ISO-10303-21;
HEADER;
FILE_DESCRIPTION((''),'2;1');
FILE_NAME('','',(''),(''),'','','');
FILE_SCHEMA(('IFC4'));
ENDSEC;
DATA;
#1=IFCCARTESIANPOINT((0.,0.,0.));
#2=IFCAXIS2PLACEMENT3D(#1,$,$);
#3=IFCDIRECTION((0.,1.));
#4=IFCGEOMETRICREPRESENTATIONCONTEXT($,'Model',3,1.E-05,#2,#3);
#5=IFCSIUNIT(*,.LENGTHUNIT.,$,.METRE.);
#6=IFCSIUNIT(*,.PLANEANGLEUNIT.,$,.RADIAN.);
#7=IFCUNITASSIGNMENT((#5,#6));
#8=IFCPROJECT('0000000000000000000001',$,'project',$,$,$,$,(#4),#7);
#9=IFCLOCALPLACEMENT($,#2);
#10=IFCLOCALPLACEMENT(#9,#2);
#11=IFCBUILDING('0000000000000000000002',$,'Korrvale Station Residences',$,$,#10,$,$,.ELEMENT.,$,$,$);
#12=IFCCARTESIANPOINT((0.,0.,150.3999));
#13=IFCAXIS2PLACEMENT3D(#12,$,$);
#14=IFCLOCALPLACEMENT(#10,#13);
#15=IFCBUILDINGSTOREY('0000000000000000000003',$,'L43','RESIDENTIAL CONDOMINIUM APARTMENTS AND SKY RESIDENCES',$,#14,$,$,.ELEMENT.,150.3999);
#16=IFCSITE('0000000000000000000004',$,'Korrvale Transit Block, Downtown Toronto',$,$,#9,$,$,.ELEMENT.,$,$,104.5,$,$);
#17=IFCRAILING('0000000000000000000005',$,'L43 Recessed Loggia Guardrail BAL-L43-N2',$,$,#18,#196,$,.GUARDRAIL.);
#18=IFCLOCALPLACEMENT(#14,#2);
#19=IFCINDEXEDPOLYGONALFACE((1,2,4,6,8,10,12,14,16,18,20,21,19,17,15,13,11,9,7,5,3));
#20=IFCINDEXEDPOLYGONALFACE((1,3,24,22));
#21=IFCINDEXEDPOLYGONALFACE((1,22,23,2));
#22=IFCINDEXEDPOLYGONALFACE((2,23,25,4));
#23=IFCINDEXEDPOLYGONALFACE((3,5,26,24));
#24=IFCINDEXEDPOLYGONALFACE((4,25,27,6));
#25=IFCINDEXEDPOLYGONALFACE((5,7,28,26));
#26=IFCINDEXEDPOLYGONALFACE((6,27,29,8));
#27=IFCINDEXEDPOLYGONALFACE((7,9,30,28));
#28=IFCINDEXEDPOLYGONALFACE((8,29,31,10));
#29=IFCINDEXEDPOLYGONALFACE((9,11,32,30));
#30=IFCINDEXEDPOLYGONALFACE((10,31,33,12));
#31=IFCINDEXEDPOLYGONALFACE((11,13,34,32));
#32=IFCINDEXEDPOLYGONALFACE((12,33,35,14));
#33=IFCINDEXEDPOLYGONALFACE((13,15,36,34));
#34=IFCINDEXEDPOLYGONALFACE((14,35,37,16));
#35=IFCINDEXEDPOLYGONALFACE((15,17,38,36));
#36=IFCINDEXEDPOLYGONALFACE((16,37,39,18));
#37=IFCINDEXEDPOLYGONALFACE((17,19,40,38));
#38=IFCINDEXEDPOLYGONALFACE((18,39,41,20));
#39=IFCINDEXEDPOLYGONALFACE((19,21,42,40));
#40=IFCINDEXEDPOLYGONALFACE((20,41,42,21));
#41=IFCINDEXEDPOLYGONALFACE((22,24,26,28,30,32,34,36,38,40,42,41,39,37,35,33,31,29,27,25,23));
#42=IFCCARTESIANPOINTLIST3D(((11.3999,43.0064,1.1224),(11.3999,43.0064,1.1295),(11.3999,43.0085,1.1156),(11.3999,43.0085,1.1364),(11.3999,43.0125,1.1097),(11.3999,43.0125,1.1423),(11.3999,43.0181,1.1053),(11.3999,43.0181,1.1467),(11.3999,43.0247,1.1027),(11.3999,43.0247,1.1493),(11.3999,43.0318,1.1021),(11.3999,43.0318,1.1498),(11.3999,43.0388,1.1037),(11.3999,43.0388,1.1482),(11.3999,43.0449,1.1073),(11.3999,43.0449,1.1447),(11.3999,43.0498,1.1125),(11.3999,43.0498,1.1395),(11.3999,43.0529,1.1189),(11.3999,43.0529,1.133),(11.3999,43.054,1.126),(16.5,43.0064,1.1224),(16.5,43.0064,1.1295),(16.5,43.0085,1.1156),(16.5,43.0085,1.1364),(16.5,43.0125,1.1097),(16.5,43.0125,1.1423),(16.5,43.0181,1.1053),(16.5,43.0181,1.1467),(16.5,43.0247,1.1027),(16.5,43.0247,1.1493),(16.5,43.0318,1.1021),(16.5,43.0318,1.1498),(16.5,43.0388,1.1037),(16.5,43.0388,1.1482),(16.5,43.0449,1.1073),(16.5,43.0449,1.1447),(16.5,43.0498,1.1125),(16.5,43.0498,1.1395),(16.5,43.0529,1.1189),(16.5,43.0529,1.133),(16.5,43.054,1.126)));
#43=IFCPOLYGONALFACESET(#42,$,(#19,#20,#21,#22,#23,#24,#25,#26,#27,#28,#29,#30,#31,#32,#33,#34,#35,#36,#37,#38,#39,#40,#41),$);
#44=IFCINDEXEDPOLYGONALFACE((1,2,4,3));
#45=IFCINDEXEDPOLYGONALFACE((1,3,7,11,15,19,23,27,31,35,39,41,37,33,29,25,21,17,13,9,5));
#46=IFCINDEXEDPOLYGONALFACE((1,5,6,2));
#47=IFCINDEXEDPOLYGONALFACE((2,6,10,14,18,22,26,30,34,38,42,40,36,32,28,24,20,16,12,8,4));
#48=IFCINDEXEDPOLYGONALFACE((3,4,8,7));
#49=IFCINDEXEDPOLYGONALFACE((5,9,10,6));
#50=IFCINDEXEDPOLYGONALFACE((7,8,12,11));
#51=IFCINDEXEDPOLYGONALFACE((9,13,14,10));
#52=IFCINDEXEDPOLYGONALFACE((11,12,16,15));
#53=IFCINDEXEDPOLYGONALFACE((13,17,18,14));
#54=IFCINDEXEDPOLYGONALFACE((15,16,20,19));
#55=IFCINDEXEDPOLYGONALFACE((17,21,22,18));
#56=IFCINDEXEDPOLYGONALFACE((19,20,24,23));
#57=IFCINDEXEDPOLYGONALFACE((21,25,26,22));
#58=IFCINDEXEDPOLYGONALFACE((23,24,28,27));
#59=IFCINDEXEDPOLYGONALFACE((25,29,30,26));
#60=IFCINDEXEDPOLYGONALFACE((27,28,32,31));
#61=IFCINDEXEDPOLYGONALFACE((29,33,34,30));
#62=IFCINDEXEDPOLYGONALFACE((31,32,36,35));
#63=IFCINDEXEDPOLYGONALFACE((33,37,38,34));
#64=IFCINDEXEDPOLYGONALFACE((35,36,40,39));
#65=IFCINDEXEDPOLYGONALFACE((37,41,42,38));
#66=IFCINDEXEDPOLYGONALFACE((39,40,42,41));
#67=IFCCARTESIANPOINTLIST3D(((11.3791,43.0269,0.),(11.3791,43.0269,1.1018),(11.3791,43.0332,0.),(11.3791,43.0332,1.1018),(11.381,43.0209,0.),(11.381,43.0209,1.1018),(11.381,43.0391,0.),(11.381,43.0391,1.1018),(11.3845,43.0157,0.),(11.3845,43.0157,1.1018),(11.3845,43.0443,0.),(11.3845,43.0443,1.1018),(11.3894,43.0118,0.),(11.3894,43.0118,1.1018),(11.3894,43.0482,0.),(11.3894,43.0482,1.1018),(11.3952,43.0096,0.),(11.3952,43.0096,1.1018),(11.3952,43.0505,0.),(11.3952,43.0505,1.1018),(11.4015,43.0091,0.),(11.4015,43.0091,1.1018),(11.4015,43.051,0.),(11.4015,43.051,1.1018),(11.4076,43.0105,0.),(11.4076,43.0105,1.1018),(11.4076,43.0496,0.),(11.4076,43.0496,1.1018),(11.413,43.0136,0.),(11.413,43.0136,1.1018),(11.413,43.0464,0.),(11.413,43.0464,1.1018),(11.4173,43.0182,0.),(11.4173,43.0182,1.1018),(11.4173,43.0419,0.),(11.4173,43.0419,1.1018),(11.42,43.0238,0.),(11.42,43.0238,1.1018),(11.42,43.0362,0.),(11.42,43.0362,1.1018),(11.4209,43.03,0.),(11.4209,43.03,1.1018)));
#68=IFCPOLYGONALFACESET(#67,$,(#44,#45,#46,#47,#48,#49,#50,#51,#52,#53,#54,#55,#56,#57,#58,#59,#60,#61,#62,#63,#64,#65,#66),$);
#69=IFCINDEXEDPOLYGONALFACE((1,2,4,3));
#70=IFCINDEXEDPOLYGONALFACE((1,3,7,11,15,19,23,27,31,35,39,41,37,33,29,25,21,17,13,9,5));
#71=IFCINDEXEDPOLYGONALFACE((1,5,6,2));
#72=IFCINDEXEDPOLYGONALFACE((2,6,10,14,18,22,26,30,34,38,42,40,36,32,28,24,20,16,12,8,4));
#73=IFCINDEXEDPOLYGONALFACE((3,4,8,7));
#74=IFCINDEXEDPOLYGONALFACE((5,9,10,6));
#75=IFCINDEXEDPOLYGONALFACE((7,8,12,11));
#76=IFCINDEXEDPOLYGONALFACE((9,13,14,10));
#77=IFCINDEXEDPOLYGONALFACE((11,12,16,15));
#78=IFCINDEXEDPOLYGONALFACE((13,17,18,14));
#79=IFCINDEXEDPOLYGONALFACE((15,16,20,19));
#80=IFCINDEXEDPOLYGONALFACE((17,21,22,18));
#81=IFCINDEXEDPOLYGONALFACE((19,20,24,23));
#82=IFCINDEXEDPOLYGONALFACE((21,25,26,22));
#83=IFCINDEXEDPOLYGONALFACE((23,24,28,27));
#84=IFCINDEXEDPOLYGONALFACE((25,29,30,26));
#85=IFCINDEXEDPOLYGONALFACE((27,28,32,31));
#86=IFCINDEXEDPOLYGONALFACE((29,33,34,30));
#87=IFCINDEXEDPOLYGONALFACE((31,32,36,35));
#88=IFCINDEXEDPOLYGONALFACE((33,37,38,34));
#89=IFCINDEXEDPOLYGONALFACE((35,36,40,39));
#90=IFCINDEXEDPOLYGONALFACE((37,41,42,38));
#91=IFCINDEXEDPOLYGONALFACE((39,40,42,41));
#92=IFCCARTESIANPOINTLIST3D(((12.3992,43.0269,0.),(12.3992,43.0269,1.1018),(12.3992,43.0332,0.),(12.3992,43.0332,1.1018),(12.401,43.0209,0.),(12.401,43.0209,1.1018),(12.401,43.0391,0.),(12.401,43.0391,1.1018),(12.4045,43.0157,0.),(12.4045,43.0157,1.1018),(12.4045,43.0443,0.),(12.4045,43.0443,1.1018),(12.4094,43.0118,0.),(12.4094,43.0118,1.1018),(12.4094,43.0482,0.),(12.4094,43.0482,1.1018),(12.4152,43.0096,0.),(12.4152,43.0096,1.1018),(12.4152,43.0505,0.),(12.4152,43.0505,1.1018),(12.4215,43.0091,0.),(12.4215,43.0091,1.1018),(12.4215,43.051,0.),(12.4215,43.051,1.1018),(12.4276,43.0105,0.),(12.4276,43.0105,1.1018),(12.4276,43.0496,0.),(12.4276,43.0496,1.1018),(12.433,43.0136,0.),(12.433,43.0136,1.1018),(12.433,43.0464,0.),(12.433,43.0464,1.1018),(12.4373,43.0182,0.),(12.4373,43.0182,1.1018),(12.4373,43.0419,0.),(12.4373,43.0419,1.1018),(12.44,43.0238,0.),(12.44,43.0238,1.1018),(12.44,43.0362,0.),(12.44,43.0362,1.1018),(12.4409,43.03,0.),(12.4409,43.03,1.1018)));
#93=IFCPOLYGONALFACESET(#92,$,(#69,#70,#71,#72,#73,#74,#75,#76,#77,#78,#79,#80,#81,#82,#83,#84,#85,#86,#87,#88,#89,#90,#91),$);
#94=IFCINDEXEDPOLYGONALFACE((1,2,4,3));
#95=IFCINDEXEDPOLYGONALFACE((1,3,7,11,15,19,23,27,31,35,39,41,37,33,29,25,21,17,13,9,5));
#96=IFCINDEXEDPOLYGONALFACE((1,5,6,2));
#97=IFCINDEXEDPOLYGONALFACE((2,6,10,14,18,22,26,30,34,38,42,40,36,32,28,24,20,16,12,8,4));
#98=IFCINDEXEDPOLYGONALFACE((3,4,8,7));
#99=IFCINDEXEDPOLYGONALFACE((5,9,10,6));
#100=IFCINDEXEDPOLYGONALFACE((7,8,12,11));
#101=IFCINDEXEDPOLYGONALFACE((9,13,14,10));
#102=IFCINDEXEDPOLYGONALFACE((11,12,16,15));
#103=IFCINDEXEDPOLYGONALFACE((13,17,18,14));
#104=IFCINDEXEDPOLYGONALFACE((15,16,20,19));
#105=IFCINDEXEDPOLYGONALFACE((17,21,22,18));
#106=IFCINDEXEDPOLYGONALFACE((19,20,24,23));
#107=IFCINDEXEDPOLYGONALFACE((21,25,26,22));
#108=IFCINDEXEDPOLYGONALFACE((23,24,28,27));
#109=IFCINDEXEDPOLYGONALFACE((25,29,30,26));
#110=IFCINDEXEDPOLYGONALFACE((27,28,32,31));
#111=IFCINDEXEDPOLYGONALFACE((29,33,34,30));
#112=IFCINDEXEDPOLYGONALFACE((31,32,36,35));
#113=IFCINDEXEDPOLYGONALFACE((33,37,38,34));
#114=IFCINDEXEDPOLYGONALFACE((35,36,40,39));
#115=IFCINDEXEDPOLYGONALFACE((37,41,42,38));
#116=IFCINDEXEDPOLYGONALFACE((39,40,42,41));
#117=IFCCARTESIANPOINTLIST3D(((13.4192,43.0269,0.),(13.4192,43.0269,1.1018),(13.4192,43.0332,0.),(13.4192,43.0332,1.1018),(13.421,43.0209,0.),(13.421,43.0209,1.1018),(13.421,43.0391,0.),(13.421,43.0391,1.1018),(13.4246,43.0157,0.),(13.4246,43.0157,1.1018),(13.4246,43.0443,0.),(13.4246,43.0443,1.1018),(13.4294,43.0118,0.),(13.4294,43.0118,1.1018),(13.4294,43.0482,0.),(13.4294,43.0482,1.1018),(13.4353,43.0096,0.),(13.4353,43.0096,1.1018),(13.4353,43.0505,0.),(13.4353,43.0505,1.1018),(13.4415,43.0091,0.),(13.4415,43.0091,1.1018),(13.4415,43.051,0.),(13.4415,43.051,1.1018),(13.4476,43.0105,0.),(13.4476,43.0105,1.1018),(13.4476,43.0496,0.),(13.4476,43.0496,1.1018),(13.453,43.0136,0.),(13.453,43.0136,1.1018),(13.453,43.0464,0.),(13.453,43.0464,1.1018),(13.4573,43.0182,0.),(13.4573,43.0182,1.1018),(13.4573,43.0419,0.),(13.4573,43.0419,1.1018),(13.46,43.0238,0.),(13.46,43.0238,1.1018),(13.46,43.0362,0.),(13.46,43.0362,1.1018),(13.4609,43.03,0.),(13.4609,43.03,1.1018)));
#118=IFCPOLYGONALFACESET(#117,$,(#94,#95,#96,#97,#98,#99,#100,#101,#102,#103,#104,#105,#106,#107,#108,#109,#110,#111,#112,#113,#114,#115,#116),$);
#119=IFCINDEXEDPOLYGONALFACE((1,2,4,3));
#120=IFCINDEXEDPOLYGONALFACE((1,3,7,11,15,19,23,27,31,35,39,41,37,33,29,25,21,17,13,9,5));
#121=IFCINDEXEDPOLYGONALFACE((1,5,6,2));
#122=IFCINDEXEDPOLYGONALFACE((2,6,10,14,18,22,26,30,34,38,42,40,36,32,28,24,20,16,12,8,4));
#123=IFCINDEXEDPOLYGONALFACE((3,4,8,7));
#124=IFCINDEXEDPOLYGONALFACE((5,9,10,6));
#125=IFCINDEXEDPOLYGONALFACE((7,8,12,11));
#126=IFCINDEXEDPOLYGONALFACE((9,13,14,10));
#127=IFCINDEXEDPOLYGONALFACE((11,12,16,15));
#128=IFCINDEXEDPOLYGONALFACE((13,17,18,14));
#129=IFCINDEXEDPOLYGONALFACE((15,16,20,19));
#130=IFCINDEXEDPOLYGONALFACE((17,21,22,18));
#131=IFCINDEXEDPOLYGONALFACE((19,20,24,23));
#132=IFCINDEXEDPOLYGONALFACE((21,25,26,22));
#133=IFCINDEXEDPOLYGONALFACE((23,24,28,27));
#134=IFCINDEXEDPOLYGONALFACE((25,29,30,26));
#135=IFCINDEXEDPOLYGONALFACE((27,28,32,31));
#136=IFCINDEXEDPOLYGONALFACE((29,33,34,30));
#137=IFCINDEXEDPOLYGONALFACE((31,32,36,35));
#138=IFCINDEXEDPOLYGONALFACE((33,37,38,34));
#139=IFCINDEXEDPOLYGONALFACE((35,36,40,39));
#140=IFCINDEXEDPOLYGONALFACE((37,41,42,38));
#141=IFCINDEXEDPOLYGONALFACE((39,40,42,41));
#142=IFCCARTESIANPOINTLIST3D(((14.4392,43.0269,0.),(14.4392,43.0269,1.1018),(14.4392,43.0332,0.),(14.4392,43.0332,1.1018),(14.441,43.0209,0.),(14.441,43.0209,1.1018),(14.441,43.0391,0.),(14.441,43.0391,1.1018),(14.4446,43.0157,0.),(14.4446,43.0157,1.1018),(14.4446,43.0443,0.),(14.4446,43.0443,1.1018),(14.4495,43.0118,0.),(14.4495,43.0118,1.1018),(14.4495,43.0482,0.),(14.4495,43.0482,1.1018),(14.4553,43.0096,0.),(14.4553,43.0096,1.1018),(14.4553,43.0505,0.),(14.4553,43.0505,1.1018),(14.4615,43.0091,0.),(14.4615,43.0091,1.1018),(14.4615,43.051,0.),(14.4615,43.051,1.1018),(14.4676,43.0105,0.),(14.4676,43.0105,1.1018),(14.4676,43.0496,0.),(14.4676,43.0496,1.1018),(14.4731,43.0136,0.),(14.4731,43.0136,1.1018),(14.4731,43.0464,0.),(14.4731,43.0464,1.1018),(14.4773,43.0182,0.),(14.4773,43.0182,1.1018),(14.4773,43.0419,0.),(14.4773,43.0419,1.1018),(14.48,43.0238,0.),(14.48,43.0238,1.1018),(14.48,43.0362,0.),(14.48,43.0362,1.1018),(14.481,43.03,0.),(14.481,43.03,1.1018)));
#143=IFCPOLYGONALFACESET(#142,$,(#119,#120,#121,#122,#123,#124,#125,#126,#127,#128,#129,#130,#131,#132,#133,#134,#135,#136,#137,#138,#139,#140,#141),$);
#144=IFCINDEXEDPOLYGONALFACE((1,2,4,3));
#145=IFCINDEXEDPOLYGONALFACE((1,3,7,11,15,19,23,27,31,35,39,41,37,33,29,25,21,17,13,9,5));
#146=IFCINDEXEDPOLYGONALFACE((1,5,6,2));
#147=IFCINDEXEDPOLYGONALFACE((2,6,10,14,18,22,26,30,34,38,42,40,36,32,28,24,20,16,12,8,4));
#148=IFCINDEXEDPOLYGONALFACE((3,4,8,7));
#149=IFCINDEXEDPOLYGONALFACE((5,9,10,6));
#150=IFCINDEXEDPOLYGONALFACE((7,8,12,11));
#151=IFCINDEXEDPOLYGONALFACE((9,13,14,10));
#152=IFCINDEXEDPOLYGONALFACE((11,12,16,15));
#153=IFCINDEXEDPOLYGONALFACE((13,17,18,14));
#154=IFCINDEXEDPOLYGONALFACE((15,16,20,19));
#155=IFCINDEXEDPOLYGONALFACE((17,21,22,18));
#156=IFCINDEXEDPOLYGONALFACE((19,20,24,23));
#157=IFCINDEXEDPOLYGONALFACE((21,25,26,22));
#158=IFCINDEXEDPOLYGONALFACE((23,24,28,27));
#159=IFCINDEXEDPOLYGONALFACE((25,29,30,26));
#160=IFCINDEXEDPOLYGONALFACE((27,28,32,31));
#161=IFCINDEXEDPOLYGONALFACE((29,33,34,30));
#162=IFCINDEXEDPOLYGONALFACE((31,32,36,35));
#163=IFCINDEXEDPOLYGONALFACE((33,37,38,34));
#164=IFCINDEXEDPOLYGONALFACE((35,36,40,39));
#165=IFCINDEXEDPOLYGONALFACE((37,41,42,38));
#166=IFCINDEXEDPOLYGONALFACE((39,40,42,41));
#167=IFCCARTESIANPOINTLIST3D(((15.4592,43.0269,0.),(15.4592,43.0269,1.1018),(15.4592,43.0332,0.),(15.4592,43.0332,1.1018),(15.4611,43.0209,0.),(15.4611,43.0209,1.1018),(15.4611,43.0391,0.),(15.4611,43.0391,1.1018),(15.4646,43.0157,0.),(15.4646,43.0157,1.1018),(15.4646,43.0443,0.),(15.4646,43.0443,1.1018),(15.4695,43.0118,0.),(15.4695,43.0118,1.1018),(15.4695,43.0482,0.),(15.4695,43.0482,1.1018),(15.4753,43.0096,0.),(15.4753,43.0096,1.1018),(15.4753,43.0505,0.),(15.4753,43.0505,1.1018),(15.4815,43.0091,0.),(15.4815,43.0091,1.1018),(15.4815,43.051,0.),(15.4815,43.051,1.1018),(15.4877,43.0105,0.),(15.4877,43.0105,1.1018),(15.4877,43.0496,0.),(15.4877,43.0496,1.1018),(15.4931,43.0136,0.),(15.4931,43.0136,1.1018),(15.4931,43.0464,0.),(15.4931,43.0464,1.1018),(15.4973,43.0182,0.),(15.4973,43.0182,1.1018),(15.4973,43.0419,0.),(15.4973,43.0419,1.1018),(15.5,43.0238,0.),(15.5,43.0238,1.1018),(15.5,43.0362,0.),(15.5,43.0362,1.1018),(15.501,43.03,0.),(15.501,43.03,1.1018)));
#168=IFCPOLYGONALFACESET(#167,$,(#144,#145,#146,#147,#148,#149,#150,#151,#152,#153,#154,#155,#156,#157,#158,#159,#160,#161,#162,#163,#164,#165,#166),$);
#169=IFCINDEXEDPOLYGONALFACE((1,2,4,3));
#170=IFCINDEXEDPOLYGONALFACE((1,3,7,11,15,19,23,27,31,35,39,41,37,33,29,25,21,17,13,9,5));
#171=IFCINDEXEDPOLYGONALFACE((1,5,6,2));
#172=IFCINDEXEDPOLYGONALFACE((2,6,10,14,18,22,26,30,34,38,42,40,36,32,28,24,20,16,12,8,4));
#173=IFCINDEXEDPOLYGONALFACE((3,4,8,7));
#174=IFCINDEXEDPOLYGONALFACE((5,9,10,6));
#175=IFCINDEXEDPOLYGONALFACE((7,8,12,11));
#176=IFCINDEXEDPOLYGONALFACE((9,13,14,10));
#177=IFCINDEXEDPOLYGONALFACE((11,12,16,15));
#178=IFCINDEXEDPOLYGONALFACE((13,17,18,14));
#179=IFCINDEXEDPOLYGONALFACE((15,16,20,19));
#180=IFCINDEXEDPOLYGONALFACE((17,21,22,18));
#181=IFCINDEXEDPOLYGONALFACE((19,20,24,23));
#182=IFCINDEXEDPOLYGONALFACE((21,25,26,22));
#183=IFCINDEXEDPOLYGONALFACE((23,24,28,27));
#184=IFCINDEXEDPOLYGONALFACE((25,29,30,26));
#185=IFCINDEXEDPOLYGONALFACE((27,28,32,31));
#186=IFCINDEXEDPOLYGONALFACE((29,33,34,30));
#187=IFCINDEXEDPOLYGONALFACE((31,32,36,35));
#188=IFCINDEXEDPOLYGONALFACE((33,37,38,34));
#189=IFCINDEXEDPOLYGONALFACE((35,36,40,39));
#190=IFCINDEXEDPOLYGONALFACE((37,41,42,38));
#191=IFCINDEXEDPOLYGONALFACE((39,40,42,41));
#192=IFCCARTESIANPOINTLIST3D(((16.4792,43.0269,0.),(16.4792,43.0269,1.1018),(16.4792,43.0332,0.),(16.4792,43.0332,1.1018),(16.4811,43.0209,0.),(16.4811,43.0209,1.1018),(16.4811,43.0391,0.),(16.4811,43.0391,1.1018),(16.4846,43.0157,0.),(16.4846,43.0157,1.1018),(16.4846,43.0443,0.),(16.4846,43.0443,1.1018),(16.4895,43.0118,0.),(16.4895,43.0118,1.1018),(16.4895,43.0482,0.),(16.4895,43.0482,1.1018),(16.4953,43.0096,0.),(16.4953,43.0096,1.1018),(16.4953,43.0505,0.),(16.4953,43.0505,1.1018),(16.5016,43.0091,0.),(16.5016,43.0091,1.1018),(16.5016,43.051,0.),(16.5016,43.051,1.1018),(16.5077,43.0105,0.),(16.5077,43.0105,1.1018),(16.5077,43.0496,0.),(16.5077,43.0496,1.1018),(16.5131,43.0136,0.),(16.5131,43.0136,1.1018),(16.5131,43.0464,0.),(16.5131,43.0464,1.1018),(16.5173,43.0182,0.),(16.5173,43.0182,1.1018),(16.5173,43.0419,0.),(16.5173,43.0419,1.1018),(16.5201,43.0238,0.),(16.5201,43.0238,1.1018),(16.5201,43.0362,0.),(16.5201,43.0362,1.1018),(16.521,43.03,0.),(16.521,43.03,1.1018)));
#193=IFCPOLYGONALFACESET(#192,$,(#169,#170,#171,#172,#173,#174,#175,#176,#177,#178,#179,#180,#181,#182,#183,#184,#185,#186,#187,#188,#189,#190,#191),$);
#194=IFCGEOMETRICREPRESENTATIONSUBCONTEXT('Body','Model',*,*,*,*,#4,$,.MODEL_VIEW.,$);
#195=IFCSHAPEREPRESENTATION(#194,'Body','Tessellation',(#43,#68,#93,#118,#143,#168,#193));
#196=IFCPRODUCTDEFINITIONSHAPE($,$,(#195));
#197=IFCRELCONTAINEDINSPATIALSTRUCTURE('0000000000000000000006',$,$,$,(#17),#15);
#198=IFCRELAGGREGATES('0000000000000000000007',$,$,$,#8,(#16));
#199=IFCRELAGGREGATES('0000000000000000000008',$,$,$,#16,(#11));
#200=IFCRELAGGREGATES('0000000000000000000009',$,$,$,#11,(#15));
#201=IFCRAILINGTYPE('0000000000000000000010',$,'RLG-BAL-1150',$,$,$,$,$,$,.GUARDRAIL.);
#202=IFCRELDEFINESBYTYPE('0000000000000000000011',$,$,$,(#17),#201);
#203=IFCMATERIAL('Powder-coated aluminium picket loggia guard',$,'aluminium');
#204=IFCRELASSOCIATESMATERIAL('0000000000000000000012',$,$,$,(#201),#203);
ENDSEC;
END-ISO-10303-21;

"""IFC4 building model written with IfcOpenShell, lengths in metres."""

from ifc_helpers import new_model, si_unit, direction, frame, origin, origin_2d, place, context, subcontext, project, spatial, circle, extrude, material, type_object, element, save


model = new_model("IFC4")

# Units and contexts
model_context = context("Model", 3, precision=1e-05, world=origin(), true_north=direction((0.0, 1.0)))
body_context = subcontext(model_context, "Body", "Model", "MODEL_VIEW")
ifc_project = project(units=[si_unit("LENGTHUNIT", "METRE"), si_unit("PLANEANGLEUNIT", "RADIAN")], contexts=[model_context])

# Site, building, storey
site_placement = place(None, origin())
site = spatial("IfcSite", under=ifc_project, at=site_placement, Name="Korrvale Transit Block, Downtown Toronto", CompositionType="ELEMENT", RefElevation=104.5)
building_placement = place(site_placement, origin())
building = spatial("IfcBuilding", under=site, at=building_placement, Name="Korrvale Station Residences", CompositionType="ELEMENT")
storey_placement = place(building_placement, frame((0.0, 0.0, 150.3999)))
storey = spatial("IfcBuildingStorey", under=building, at=storey_placement, Name="L43", Description="RESIDENTIAL CONDOMINIUM APARTMENTS AND SKY RESIDENCES", CompositionType="ELEMENT", Elevation=150.3999)

# Railing
ifc_material_1 = material(Name="Powder-coated aluminium picket loggia guard", Category="aluminium")
railing_type = type_object("IfcRailingType", Name="RLG-BAL-1150", PredefinedType="GUARDRAIL", material=ifc_material_1)
railing_placement = place(storey_placement, frame((11.3999, 43.03, 0.0)))
element("IfcRailing", 1, at=railing_placement, inside=storey, type_object=railing_type, Name="L43 Recessed Loggia Guardrail BAL-L43-N2", PredefinedType="GUARDRAIL", context=body_context, shape_type="SweptSolid", body=[
    extrude(circle(Radius=0.0239, at=origin_2d()), frame((0.0, 0.0, 1.126), z_axis=(1.0, 0.0, 0.0), x_axis=(0.0, 1.0, 0.0)), (0.0, 0.0, 1.0), 5.1001),
    extrude(circle(Radius=0.021, at=origin_2d()), origin(), (0.0, 0.0, 1.0), 1.1018),
    extrude(circle(Radius=0.021, at=origin_2d()), frame((1.02, 0.0, 0.0)), (0.0, 0.0, 1.0), 1.1018),
    extrude(circle(Radius=0.021, at=origin_2d()), frame((2.04, 0.0, 0.0)), (0.0, 0.0, 1.0), 1.1018),
    extrude(circle(Radius=0.021, at=origin_2d()), frame((3.0601, 0.0, 0.0)), (0.0, 0.0, 1.0), 1.1018),
    extrude(circle(Radius=0.021, at=origin_2d()), frame((4.0801, 0.0, 0.0)), (0.0, 0.0, 1.0), 1.1018),
    extrude(circle(Radius=0.021, at=origin_2d()), frame((5.1001, 0.0, 0.0)), (0.0, 0.0, 1.0), 1.1018),
])

save(model, "model.ifc")
